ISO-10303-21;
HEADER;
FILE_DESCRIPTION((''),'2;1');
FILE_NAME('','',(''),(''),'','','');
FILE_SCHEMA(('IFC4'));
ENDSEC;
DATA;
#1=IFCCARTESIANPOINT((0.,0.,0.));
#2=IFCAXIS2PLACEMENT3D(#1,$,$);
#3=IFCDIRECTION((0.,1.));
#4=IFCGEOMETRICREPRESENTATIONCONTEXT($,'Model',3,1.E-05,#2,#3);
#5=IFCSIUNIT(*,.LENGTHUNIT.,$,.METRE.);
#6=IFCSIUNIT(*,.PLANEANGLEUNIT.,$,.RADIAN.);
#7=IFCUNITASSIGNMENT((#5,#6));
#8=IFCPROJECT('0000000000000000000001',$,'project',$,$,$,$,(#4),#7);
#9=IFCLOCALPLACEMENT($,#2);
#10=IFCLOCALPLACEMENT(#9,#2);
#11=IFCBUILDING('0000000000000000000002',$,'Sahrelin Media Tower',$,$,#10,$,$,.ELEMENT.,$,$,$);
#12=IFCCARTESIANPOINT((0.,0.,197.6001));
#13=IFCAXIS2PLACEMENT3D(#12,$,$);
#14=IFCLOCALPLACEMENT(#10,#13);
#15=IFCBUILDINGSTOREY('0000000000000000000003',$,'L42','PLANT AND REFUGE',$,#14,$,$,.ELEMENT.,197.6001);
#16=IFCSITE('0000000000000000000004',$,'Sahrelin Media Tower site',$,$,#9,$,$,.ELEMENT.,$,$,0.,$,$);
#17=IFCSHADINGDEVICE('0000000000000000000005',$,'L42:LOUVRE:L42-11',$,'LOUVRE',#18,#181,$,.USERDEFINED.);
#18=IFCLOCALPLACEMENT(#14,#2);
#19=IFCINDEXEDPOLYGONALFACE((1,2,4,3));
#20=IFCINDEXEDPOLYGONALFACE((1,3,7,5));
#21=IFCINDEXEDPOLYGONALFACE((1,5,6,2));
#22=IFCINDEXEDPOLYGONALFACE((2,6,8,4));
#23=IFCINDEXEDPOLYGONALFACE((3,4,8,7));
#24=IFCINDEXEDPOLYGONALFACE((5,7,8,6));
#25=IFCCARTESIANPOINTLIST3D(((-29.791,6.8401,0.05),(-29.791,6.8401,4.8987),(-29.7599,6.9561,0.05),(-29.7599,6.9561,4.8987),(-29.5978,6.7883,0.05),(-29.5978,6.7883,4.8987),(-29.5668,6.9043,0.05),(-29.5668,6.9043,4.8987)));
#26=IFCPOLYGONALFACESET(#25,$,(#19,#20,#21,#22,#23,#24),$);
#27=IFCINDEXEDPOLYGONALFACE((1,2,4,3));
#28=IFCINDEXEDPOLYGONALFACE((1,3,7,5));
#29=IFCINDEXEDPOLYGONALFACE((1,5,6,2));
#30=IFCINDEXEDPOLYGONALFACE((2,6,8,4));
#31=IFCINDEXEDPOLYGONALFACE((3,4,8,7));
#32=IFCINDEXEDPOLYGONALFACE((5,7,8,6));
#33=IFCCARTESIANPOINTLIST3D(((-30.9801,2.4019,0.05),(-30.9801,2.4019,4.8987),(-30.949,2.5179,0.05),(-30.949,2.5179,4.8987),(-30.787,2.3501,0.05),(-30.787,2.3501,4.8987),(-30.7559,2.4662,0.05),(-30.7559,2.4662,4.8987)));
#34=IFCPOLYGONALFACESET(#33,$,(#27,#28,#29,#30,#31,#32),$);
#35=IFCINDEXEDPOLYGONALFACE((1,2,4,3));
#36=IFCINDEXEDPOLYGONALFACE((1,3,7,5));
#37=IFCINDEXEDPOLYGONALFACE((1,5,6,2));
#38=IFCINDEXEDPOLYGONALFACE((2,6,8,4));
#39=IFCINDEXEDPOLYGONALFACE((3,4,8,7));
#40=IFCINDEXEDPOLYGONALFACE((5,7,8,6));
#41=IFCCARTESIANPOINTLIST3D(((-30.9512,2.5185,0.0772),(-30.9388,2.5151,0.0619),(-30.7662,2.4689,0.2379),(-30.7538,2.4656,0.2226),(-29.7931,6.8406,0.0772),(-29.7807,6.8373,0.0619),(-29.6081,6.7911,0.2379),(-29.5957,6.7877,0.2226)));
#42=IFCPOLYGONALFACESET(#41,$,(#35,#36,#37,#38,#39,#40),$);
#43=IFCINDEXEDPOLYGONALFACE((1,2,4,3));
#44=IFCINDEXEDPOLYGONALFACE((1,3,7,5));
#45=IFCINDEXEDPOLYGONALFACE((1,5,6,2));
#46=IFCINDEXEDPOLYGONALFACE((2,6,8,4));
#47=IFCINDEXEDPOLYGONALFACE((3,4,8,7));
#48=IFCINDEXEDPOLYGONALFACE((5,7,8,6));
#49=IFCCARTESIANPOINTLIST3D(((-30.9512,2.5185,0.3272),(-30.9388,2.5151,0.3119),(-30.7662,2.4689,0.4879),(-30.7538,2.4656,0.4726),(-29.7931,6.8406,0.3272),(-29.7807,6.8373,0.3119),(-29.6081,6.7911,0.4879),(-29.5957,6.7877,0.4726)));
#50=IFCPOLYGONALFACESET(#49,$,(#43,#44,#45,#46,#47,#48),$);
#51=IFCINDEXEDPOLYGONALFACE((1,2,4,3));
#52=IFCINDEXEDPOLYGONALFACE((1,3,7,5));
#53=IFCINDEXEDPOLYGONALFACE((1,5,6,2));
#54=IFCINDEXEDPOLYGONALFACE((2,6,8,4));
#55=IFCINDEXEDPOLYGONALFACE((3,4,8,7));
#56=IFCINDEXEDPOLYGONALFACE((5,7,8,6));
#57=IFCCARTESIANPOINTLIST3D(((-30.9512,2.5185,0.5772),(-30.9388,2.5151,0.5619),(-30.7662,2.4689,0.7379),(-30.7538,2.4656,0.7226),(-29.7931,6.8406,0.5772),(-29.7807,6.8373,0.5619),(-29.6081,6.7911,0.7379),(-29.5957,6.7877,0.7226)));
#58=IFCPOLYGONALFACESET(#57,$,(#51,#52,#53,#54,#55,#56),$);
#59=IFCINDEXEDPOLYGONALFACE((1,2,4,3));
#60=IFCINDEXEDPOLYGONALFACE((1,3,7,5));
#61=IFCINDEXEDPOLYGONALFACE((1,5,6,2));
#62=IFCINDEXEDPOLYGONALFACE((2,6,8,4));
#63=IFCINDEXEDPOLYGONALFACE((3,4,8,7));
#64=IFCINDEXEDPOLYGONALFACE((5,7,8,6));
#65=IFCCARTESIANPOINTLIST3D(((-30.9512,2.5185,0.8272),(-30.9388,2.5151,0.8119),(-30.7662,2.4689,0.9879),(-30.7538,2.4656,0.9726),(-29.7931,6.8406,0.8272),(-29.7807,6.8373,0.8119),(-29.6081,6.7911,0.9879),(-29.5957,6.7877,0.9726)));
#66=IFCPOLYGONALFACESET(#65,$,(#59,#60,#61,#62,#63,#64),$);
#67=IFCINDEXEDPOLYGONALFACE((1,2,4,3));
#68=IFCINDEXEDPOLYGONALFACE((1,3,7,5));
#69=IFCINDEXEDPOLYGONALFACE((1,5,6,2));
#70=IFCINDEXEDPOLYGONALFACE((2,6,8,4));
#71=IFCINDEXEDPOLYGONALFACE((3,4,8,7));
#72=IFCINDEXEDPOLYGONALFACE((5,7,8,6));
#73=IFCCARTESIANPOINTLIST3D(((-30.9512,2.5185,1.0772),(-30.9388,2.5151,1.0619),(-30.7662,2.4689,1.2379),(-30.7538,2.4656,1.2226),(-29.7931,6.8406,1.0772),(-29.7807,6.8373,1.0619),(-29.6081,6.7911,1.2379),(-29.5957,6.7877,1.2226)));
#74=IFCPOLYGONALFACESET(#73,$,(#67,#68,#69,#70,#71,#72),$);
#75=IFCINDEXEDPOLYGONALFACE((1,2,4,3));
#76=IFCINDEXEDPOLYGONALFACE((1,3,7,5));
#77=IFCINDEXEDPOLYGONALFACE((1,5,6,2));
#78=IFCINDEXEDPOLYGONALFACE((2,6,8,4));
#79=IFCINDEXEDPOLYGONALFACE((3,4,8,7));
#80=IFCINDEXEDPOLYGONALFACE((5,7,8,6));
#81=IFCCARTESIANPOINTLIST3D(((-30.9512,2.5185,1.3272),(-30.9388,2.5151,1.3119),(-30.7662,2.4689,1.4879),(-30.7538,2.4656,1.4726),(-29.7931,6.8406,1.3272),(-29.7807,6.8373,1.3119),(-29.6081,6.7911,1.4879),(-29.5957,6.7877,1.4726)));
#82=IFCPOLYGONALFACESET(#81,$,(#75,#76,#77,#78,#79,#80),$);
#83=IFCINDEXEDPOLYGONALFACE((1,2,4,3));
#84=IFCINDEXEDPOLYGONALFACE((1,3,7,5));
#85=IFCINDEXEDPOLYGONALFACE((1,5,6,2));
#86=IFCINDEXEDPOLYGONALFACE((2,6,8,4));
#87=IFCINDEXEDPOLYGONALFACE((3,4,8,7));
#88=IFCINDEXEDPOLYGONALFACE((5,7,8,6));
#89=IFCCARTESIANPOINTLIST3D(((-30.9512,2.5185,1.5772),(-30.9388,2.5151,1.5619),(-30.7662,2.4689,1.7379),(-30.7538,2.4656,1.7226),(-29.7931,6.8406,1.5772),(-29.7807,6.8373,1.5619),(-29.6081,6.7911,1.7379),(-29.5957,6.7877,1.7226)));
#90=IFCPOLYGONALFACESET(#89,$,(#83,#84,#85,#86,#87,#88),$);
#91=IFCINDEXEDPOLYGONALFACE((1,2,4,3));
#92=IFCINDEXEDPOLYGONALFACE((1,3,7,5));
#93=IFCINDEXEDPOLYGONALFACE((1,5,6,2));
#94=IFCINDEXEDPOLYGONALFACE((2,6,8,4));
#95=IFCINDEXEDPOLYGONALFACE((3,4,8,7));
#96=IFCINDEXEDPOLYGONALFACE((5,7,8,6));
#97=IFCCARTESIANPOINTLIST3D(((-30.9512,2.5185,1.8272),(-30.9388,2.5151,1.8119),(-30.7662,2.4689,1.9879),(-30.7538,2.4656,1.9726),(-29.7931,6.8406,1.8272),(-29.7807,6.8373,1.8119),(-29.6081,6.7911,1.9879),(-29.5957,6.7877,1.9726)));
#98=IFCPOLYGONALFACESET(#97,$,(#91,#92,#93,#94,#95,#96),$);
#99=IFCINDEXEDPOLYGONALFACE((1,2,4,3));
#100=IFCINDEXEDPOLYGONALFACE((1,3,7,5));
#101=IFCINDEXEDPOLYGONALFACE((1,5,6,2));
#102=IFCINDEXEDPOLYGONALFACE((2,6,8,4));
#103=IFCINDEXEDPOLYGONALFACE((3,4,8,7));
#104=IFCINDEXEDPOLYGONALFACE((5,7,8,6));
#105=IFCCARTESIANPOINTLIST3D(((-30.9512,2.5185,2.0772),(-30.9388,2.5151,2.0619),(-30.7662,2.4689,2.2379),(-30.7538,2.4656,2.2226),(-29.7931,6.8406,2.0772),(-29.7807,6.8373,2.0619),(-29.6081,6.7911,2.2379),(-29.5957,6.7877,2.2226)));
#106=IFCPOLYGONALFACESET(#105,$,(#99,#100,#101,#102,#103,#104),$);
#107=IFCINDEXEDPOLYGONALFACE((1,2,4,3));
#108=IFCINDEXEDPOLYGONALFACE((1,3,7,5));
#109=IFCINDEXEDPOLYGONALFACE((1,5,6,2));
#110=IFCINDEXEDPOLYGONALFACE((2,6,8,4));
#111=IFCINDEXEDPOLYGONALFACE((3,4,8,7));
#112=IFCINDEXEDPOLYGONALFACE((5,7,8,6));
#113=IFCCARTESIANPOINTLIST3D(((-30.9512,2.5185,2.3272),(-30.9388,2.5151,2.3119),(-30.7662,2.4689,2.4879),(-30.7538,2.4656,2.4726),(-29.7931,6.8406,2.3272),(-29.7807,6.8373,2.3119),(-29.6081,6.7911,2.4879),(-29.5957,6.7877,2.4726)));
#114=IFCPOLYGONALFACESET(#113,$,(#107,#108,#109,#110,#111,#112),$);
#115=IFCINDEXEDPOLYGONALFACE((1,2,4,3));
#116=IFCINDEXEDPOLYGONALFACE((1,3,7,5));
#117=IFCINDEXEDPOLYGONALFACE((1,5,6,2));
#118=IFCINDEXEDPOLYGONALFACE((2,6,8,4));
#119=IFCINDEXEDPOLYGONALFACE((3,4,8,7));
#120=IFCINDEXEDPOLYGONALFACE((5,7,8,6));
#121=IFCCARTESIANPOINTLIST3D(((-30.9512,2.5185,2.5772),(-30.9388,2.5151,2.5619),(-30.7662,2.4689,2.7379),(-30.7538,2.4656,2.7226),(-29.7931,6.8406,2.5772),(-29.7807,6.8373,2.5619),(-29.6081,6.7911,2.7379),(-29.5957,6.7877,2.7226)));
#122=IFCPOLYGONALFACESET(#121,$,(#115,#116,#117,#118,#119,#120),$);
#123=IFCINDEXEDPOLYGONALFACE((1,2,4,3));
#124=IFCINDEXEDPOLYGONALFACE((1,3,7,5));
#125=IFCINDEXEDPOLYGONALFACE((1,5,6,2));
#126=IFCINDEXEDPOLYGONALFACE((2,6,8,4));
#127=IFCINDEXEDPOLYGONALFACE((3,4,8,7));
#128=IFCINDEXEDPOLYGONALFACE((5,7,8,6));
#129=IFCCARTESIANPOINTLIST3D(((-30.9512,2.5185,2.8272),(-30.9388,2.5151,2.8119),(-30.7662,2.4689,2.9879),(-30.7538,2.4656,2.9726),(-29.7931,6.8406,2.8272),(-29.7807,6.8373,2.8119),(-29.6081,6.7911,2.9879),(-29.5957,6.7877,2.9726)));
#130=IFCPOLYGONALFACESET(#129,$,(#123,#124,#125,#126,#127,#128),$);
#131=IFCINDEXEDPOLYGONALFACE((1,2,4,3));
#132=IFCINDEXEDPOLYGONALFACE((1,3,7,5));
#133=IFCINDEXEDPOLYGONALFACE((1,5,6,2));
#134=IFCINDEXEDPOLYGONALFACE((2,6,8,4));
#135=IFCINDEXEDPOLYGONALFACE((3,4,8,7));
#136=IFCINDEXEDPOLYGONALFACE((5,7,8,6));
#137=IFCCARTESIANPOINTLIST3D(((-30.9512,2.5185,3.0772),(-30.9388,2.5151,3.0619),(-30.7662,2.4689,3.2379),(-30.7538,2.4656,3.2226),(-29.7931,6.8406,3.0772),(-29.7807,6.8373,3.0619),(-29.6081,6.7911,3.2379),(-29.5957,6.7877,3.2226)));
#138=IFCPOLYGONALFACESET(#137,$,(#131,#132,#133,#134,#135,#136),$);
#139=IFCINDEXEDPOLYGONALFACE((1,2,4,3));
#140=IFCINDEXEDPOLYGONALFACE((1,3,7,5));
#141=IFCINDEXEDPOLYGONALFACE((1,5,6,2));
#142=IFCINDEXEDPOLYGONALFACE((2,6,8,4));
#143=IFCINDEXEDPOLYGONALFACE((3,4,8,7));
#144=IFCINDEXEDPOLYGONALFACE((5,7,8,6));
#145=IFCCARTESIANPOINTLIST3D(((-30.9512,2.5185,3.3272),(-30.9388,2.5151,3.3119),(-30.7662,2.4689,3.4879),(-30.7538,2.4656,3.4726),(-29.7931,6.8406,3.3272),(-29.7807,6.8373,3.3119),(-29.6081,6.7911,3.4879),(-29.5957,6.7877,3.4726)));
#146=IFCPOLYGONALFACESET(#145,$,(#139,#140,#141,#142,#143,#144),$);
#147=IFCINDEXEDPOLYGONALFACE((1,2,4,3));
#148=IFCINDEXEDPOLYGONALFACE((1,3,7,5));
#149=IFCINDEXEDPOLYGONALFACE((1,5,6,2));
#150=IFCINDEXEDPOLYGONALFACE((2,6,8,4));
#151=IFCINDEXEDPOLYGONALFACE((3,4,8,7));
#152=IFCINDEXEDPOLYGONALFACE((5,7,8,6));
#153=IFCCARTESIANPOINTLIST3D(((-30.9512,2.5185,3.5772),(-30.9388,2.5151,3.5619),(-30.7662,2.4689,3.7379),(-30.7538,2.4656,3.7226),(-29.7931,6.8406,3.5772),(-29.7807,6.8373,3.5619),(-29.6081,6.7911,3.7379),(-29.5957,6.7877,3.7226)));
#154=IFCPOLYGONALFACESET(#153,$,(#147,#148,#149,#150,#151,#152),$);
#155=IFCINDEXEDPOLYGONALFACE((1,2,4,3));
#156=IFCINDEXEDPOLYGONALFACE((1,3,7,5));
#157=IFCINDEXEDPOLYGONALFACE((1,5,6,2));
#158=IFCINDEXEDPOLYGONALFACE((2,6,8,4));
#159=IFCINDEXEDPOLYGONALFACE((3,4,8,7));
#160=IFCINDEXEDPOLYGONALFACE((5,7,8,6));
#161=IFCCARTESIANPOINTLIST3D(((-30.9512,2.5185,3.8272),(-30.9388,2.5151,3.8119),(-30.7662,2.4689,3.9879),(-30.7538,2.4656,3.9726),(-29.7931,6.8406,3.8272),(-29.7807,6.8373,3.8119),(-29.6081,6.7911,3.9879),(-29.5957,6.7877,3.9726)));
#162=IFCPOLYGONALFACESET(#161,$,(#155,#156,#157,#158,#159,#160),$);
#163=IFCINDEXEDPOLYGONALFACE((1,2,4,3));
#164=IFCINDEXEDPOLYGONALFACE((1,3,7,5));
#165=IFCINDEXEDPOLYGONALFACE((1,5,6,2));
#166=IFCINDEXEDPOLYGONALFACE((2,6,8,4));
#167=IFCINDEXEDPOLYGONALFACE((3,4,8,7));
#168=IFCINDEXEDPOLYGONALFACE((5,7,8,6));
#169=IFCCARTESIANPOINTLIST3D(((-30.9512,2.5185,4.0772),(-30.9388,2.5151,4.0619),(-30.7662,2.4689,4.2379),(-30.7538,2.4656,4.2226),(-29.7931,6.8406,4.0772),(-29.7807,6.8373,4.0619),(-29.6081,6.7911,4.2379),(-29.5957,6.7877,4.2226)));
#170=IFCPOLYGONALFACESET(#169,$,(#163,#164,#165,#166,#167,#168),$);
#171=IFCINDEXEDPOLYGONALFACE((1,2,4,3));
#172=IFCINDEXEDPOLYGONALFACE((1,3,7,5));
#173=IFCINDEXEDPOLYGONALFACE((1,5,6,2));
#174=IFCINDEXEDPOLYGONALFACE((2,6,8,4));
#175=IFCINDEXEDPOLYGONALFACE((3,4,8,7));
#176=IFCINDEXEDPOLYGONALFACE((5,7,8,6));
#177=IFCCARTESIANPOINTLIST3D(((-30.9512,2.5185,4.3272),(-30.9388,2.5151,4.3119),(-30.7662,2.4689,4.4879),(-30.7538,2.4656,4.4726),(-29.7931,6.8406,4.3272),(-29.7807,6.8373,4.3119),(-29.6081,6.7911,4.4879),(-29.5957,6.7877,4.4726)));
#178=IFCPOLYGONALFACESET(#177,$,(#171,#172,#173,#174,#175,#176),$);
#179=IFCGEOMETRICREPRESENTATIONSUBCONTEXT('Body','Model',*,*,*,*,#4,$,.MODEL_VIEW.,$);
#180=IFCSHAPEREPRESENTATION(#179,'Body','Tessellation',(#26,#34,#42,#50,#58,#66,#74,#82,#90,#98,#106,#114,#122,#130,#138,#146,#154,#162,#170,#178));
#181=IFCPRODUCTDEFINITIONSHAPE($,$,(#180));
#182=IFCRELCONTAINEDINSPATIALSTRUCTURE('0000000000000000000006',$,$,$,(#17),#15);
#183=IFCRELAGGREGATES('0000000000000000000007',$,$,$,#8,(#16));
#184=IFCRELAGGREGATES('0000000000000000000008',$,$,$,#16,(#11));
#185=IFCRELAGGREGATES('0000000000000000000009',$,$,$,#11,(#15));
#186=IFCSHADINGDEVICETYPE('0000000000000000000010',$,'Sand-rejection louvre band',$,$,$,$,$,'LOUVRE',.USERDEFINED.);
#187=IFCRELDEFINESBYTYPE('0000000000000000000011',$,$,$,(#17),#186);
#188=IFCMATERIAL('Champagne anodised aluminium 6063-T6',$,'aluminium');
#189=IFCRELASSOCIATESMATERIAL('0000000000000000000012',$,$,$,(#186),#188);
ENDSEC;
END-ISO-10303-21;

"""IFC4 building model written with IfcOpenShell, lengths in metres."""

from ifc_helpers import new_model, si_unit, direction, frame, origin, origin_2d, place, context, subcontext, project, spatial, rectangle, extrude, material, type_object, element, save


model = new_model("IFC4")

# Units and contexts
model_context = context("Model", 3, precision=1e-05, world=origin(), true_north=direction((0.0, 1.0)))
body_context = subcontext(model_context, "Body", "Model", "MODEL_VIEW")
ifc_project = project(units=[si_unit("LENGTHUNIT", "METRE"), si_unit("PLANEANGLEUNIT", "RADIAN")], contexts=[model_context])

# Site, building, storey
site_placement = place(None, origin())
site = spatial("IfcSite", under=ifc_project, at=site_placement, Name="Sahrelin Media Tower site", CompositionType="ELEMENT", RefElevation=0.0)
building_placement = place(site_placement, origin())
building = spatial("IfcBuilding", under=site, at=building_placement, Name="Sahrelin Media Tower", CompositionType="ELEMENT")
storey_placement = place(building_placement, frame((0.0, 0.0, 197.6001)))
storey = spatial("IfcBuildingStorey", under=building, at=storey_placement, Name="L42", Description="PLANT AND REFUGE", CompositionType="ELEMENT", Elevation=197.6001)

# Shading device
ifc_material_1 = material(Name="Champagne anodised aluminium 6063-T6", Category="aluminium")
shading_device_type = type_object("IfcShadingDeviceType", Name="Sand-rejection louvre band", ElementType="LOUVRE", PredefinedType="USERDEFINED", material=ifc_material_1)
shading_device_1_placement = place(storey_placement, frame((-30.1768, 4.6272, 0.0), z_axis=(0.0, 0.0, 1.0), x_axis=(0.258808, 0.965929, 0.0)))
element("IfcShadingDevice", 1, at=shading_device_1_placement, inside=storey, type_object=shading_device_type, Name="L42:LOUVRE:L42-11", ObjectType="LOUVRE", PredefinedType="USERDEFINED", context=body_context, shape_type="SweptSolid", body=[
    extrude(rectangle(XDim=0.1201, YDim=0.2, at=origin_2d()), frame((2.2974, 0.1001, 0.05), z_axis=(0.0, 0.0, 1.0), x_axis=(1.0, 0.0, 0.0)), (0.0, 0.0, 1.0), 4.8486),
    extrude(rectangle(XDim=0.1201, YDim=0.2, at=origin_2d()), frame((-2.2974, 0.1001, 0.05), z_axis=(0.0, 0.0, 1.0), x_axis=(1.0, 0.0, 0.0)), (0.0, 0.0, 1.0), 4.8486),
    extrude(rectangle(XDim=0.25, YDim=0.02, at=origin_2d()), frame((2.2373, 0.1001, 0.1499), z_axis=(-1.0, 0.0, 0.0), x_axis=(0.0, -0.766044, 0.642788)), (0.0, 0.0, 1.0), 4.4746),
    extrude(rectangle(XDim=0.25, YDim=0.02, at=origin_2d()), frame((2.2373, 0.1001, 0.3999), z_axis=(-1.0, 0.0, 0.0), x_axis=(0.0, -0.766044, 0.642788)), (0.0, 0.0, 1.0), 4.4746),
    extrude(rectangle(XDim=0.25, YDim=0.02, at=origin_2d()), frame((2.2373, 0.1001, 0.6499), z_axis=(-1.0, 0.0, 0.0), x_axis=(0.0, -0.766044, 0.642788)), (0.0, 0.0, 1.0), 4.4746),
    extrude(rectangle(XDim=0.25, YDim=0.02, at=origin_2d()), frame((2.2373, 0.1001, 0.8999), z_axis=(-1.0, 0.0, 0.0), x_axis=(0.0, -0.766044, 0.642788)), (0.0, 0.0, 1.0), 4.4746),
    extrude(rectangle(XDim=0.25, YDim=0.02, at=origin_2d()), frame((2.2373, 0.1001, 1.1499), z_axis=(-1.0, 0.0, 0.0), x_axis=(0.0, -0.766044, 0.642788)), (0.0, 0.0, 1.0), 4.4746),
    extrude(rectangle(XDim=0.25, YDim=0.02, at=origin_2d()), frame((2.2373, 0.1001, 1.3999), z_axis=(-1.0, 0.0, 0.0), x_axis=(0.0, -0.766044, 0.642788)), (0.0, 0.0, 1.0), 4.4746),
    extrude(rectangle(XDim=0.25, YDim=0.02, at=origin_2d()), frame((2.2373, 0.1001, 1.6499), z_axis=(-1.0, 0.0, 0.0), x_axis=(0.0, -0.766044, 0.642788)), (0.0, 0.0, 1.0), 4.4746),
    extrude(rectangle(XDim=0.25, YDim=0.02, at=origin_2d()), frame((2.2373, 0.1001, 1.8999), z_axis=(-1.0, 0.0, 0.0), x_axis=(0.0, -0.766044, 0.642788)), (0.0, 0.0, 1.0), 4.4746),
    extrude(rectangle(XDim=0.25, YDim=0.02, at=origin_2d()), frame((2.2373, 0.1001, 2.1499), z_axis=(-1.0, 0.0, 0.0), x_axis=(0.0, -0.766044, 0.642788)), (0.0, 0.0, 1.0), 4.4746),
    extrude(rectangle(XDim=0.25, YDim=0.02, at=origin_2d()), frame((2.2373, 0.1001, 2.3999), z_axis=(-1.0, 0.0, 0.0), x_axis=(0.0, -0.766044, 0.642788)), (0.0, 0.0, 1.0), 4.4746),
    extrude(rectangle(XDim=0.25, YDim=0.02, at=origin_2d()), frame((2.2373, 0.1001, 2.6499), z_axis=(-1.0, 0.0, 0.0), x_axis=(0.0, -0.766044, 0.642788)), (0.0, 0.0, 1.0), 4.4746),
    extrude(rectangle(XDim=0.25, YDim=0.02, at=origin_2d()), frame((2.2373, 0.1001, 2.8999), z_axis=(-1.0, 0.0, 0.0), x_axis=(0.0, -0.766044, 0.642788)), (0.0, 0.0, 1.0), 4.4746),
    extrude(rectangle(XDim=0.25, YDim=0.02, at=origin_2d()), frame((2.2373, 0.1001, 3.1499), z_axis=(-1.0, 0.0, 0.0), x_axis=(0.0, -0.766044, 0.642788)), (0.0, 0.0, 1.0), 4.4746),
    extrude(rectangle(XDim=0.25, YDim=0.02, at=origin_2d()), frame((2.2373, 0.1001, 3.3999), z_axis=(-1.0, 0.0, 0.0), x_axis=(0.0, -0.766044, 0.642788)), (0.0, 0.0, 1.0), 4.4746),
    extrude(rectangle(XDim=0.25, YDim=0.02, at=origin_2d()), frame((2.2373, 0.1001, 3.6499), z_axis=(-1.0, 0.0, 0.0), x_axis=(0.0, -0.766044, 0.642788)), (0.0, 0.0, 1.0), 4.4746),
    extrude(rectangle(XDim=0.25, YDim=0.02, at=origin_2d()), frame((2.2373, 0.1001, 3.8999), z_axis=(-1.0, 0.0, 0.0), x_axis=(0.0, -0.766044, 0.642788)), (0.0, 0.0, 1.0), 4.4746),
    extrude(rectangle(XDim=0.25, YDim=0.02, at=origin_2d()), frame((2.2373, 0.1001, 4.1499), z_axis=(-1.0, 0.0, 0.0), x_axis=(0.0, -0.766044, 0.642788)), (0.0, 0.0, 1.0), 4.4746),
    extrude(rectangle(XDim=0.25, YDim=0.02, at=origin_2d()), frame((2.2373, 0.1001, 4.3999), z_axis=(-1.0, 0.0, 0.0), x_axis=(0.0, -0.766044, 0.642788)), (0.0, 0.0, 1.0), 4.4746),
])

save(model, "model.ifc")
